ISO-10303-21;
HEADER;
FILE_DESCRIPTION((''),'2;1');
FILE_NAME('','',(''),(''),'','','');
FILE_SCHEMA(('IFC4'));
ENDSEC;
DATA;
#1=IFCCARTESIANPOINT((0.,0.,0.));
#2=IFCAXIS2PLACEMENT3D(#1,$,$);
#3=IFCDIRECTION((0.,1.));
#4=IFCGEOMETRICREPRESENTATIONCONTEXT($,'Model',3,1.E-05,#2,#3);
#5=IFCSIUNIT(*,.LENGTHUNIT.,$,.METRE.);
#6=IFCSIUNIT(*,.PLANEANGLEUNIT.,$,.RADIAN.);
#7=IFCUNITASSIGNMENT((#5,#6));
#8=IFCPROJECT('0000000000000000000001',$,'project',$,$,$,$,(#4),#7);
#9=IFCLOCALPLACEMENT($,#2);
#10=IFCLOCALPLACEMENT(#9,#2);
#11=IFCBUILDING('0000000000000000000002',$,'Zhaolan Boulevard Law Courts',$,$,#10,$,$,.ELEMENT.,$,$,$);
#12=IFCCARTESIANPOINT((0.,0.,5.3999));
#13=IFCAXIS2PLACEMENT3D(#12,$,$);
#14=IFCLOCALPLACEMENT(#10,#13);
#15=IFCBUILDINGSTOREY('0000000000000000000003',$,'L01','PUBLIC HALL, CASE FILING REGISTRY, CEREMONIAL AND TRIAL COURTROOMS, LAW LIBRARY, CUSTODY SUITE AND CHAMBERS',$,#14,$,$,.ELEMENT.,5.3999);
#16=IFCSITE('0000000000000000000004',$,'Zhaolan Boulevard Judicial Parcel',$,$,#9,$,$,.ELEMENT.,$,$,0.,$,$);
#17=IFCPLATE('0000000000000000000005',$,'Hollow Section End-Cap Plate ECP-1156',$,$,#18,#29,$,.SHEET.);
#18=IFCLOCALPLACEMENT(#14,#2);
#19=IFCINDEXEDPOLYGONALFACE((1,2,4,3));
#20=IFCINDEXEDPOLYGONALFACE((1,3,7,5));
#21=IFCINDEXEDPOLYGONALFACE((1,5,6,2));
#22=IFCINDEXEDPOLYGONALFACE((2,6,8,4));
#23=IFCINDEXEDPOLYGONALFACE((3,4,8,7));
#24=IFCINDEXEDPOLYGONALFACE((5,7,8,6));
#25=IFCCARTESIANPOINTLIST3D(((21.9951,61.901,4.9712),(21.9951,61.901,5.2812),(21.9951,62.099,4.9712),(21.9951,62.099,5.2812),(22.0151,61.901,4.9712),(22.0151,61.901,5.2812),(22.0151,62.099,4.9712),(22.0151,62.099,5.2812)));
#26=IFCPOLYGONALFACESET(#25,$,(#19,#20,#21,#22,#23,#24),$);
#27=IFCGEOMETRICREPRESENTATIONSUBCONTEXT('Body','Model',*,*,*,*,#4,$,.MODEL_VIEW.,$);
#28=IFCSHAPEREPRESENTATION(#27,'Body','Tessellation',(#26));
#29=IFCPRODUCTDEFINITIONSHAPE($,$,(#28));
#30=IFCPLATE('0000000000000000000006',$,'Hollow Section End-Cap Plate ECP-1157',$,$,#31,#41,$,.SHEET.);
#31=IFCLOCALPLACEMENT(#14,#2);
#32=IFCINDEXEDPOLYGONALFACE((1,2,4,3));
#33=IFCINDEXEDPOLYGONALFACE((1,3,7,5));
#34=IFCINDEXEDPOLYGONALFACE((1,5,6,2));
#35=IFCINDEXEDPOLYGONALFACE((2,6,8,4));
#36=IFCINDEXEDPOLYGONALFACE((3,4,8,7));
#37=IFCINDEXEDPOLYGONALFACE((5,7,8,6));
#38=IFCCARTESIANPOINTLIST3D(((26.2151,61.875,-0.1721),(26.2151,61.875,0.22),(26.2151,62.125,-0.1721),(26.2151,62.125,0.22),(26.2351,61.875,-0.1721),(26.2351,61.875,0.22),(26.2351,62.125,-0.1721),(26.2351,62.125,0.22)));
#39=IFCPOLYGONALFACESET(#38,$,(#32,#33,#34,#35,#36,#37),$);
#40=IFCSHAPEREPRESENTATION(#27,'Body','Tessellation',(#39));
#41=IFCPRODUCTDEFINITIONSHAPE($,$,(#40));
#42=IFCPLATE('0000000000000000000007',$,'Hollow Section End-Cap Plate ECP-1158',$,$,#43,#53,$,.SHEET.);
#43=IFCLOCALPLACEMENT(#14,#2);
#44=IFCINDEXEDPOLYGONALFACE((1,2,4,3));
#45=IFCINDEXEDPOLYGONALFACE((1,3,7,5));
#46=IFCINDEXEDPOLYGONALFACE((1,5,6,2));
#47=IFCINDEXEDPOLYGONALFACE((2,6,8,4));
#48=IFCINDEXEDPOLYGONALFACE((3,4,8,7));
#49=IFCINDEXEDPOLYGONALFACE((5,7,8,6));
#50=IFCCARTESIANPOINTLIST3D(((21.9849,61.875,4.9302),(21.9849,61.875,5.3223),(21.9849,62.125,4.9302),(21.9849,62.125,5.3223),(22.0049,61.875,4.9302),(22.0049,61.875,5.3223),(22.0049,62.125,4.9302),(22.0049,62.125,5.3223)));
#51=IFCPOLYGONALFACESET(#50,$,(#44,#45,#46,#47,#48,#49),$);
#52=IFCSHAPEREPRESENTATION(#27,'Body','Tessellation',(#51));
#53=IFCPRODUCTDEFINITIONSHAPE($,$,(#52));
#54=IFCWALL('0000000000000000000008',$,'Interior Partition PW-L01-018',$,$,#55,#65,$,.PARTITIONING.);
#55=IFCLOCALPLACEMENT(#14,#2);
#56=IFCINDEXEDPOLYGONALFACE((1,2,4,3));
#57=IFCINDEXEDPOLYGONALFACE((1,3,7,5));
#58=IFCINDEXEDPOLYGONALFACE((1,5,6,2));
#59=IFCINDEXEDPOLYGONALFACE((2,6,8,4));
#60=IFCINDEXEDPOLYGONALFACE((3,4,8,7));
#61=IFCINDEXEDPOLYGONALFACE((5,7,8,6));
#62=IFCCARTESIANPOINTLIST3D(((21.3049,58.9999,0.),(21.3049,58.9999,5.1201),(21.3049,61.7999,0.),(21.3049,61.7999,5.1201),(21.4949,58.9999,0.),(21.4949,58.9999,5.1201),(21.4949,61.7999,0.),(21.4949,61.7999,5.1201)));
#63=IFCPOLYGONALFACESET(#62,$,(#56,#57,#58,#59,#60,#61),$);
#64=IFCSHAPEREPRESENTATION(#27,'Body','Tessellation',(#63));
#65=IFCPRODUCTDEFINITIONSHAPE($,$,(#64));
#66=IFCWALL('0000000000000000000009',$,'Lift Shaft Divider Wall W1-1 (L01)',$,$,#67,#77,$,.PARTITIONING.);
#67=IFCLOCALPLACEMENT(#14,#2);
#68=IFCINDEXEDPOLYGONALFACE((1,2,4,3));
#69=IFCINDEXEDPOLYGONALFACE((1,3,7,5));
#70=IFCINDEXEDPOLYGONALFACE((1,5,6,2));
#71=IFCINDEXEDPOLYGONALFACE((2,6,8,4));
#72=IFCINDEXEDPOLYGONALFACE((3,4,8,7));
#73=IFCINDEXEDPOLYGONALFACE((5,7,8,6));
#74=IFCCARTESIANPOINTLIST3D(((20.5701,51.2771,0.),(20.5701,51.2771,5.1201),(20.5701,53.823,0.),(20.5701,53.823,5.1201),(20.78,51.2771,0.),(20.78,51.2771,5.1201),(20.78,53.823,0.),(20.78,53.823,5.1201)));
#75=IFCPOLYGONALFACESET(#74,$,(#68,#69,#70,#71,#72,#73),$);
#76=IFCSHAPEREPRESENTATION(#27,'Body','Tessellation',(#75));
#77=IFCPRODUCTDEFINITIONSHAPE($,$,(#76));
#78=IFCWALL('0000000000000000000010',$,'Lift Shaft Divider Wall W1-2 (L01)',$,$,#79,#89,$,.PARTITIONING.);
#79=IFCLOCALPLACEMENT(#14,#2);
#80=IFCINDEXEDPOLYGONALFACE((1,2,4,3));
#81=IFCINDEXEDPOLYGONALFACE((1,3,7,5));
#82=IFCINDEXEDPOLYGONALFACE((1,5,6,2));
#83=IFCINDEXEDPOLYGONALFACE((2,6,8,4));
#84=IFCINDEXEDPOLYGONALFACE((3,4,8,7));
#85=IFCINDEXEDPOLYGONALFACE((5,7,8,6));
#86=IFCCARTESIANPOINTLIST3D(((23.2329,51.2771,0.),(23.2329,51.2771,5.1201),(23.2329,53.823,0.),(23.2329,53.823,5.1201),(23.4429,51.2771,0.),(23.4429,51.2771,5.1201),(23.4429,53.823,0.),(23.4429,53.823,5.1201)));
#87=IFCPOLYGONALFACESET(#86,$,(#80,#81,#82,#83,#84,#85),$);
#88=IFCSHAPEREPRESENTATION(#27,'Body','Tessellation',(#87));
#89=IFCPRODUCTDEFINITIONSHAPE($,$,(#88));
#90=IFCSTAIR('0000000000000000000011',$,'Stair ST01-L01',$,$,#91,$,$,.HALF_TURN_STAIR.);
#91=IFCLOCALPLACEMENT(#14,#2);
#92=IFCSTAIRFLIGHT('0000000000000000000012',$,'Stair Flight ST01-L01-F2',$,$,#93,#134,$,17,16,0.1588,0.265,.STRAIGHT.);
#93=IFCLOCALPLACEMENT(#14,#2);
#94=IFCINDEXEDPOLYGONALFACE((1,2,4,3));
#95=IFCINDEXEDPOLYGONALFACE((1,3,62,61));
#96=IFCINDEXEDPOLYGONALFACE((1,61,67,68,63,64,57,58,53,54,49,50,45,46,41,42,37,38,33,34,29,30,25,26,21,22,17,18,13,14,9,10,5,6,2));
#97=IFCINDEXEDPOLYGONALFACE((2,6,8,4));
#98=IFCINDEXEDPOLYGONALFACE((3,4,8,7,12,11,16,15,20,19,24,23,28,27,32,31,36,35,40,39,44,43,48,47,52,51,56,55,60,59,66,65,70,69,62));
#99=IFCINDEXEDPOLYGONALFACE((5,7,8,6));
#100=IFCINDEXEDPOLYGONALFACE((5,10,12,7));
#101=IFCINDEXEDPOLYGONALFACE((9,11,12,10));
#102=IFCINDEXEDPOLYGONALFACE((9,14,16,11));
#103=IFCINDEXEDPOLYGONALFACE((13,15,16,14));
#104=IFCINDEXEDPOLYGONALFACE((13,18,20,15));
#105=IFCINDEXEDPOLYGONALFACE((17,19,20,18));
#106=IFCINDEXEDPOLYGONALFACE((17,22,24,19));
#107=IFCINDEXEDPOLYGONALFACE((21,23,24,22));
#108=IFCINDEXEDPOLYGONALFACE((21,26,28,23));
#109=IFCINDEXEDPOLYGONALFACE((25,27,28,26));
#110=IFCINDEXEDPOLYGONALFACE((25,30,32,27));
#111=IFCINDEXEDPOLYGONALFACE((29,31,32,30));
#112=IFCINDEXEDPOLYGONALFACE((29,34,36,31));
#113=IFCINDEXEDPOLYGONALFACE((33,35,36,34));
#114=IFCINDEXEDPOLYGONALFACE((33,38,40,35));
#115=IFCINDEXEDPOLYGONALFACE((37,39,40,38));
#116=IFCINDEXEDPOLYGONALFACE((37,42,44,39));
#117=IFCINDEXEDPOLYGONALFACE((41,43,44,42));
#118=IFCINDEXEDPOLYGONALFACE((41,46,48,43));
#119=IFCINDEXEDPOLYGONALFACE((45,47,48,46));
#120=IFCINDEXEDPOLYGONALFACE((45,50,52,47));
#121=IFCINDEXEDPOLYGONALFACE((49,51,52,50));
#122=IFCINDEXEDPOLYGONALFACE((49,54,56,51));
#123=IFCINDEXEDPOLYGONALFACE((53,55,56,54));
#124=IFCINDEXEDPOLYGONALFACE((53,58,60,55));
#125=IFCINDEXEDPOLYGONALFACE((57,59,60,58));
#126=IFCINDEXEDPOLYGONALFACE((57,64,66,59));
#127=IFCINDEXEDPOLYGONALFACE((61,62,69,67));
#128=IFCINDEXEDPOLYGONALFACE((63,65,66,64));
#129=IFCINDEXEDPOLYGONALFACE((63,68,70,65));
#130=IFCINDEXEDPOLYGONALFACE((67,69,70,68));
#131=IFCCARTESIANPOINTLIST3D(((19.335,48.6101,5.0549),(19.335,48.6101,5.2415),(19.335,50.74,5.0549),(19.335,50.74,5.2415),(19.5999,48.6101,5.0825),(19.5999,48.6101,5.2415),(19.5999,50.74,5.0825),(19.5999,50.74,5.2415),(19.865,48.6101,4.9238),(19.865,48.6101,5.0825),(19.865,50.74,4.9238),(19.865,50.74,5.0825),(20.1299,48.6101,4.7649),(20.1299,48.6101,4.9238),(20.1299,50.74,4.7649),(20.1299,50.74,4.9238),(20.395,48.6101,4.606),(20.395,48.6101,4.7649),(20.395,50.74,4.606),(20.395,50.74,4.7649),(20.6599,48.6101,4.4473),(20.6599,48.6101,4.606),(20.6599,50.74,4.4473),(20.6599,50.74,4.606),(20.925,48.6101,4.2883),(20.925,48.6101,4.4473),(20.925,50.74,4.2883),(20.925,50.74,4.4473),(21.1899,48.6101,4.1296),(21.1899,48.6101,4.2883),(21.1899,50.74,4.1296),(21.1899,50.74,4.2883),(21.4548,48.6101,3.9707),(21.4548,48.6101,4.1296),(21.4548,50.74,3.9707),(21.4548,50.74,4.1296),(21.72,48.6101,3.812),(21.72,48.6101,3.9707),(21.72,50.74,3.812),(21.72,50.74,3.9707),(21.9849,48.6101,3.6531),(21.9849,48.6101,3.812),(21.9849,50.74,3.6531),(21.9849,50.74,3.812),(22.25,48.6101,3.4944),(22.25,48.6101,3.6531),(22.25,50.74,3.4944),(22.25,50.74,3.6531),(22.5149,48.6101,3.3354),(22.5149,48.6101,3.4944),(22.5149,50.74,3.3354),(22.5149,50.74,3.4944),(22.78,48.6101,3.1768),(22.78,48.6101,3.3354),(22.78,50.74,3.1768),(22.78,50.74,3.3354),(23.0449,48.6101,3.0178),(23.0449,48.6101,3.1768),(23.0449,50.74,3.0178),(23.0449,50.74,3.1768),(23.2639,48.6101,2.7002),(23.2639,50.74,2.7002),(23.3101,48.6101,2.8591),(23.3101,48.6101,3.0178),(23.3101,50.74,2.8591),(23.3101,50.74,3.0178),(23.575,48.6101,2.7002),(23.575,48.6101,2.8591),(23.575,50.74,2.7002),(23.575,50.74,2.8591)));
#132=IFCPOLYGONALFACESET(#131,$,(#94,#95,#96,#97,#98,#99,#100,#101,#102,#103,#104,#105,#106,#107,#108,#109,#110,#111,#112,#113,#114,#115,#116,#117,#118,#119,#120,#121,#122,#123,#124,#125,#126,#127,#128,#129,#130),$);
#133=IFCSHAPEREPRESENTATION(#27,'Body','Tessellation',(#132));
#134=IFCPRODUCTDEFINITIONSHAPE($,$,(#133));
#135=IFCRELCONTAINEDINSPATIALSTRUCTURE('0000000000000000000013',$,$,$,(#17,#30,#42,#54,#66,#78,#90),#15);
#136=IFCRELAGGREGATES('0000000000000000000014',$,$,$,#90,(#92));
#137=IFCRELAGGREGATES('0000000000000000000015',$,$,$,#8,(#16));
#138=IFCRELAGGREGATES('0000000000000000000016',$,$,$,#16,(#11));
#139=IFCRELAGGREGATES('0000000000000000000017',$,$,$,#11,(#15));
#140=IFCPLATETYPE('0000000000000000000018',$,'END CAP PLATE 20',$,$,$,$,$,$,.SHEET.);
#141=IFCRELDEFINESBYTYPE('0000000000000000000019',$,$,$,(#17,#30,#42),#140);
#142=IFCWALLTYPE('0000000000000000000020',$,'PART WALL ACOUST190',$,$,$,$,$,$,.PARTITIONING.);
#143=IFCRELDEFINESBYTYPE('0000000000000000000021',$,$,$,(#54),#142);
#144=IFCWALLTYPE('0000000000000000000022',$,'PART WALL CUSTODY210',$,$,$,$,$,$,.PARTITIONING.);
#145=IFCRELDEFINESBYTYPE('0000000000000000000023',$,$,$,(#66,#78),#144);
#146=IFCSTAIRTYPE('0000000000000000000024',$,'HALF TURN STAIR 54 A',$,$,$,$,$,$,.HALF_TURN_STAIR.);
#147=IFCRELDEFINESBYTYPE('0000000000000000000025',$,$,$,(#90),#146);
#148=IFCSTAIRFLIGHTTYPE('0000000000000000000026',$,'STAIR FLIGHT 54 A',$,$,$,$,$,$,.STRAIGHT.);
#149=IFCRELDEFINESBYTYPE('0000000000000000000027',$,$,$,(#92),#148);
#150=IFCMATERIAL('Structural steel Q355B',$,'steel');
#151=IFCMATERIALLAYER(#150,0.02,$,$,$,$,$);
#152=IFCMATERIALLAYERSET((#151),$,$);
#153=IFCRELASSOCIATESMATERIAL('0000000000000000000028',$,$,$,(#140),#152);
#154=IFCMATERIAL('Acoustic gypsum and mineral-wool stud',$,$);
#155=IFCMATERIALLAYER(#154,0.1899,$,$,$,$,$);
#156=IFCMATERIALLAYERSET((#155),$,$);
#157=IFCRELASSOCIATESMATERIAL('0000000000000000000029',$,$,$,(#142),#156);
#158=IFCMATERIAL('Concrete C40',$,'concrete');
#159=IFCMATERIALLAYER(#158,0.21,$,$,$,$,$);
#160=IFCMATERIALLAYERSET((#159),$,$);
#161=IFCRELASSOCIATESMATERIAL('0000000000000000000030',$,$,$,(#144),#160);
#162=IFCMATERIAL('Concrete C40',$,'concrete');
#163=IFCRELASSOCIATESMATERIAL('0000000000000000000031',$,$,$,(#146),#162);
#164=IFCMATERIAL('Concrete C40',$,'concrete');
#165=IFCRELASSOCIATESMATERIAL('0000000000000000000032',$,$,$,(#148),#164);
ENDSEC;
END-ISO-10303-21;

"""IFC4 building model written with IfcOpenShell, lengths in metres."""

from ifc_helpers import new_model, si_unit, direction, frame, frame_2d, origin, origin_2d, place, context, subcontext, project, spatial, polyline, rectangle, outline, extrude, material, layer, layer_set, type_object, element, aggregate, save


model = new_model("IFC4")

# Units and contexts
model_context = context("Model", 3, precision=1e-05, world=origin(), true_north=direction((0.0, 1.0)))
body_context = subcontext(model_context, "Body", "Model", "MODEL_VIEW")
ifc_project = project(units=[si_unit("LENGTHUNIT", "METRE"), si_unit("PLANEANGLEUNIT", "RADIAN")], contexts=[model_context])

# Site, building, storey
site_placement = place(None, origin())
site = spatial("IfcSite", under=ifc_project, at=site_placement, Name="Zhaolan Boulevard Judicial Parcel", CompositionType="ELEMENT", RefElevation=0.0)
building_placement = place(site_placement, origin())
building = spatial("IfcBuilding", under=site, at=building_placement, Name="Zhaolan Boulevard Law Courts", CompositionType="ELEMENT")
storey_placement = place(building_placement, frame((0.0, 0.0, 5.3999)))
storey = spatial("IfcBuildingStorey", under=building, at=storey_placement, Name="L01", Description="PUBLIC HALL, CASE FILING REGISTRY, CEREMONIAL AND TRIAL COURTROOMS, LAW LIBRARY, CUSTODY SUITE AND CHAMBERS", CompositionType="ELEMENT", Elevation=5.3999)

# Plates
ifc_material_1 = material(Name="Structural steel Q355B", Category="steel")
ifc_layer_1 = layer(ifc_material_1, 0.02)
ifc_layer_set_1 = layer_set([ifc_layer_1])
plate_type_1 = type_object("IfcPlateType", Name="END CAP PLATE 20", PredefinedType="SHEET", material=ifc_layer_set_1)
plate_1_placement = place(storey_placement, frame((22.0051, 62.0, 4.9712), z_axis=(0.0, 0.0, 1.0), x_axis=(1.0, 0.0, 0.0)))
element("IfcPlate", 1, at=plate_1_placement, inside=storey, type_object=plate_type_1, Name="Hollow Section End-Cap Plate ECP-1156", PredefinedType="SHEET", context=body_context, shape_type="SweptSolid", body=[
    extrude(rectangle(XDim=0.02, YDim=0.198, at=origin_2d()), origin(), (0.0, 0.0, 1.0), 0.3101),
])
for number, where, z_axis, x_axis, name in (
    (2, (26.2251, 62.0, -0.1721), (0.0, 0.0, 1.0), (-1.0, 0.0, 0.0), "Hollow Section End-Cap Plate ECP-1157"),
    (3, (21.9949, 62.0, 4.9302), (0.0, 0.0, 1.0), (-1.0, 0.0, 0.0), "Hollow Section End-Cap Plate ECP-1158"),
):
    element("IfcPlate", number, at=place(storey_placement, frame(where, z_axis=z_axis, x_axis=x_axis)), inside=storey, type_object=plate_type_1, Name=name, PredefinedType="SHEET", context=body_context, shape_type="SweptSolid", body=[
        extrude(rectangle(XDim=0.02, YDim=0.25, at=origin_2d()), origin(), (0.0, 0.0, 1.0), 0.3921),
    ])

# Walls
ifc_material_2 = material(Name="Acoustic gypsum and mineral-wool stud")
ifc_layer_2 = layer(ifc_material_2, 0.1899)
ifc_layer_set_2 = layer_set([ifc_layer_2])
wall_type_1 = type_object("IfcWallType", Name="PART WALL ACOUST190", PredefinedType="PARTITIONING", material=ifc_layer_set_2)
wall_placement = place(storey_placement, frame((21.3999, 59.0, 0.0), z_axis=(0.0, 0.0, 1.0), x_axis=(0.0, 1.0, 0.0)))
element("IfcWall", 4, at=wall_placement, inside=storey, type_object=wall_type_1, Name="Interior Partition PW-L01-018", PredefinedType="PARTITIONING", context=body_context, shape_type="SweptSolid", body=[
    extrude(rectangle(XDim=2.8, YDim=0.1899, at=frame_2d((1.3999, 0.0))), origin(), (0.0, 0.0, 1.0), 5.1201),
])
ifc_material_3 = material(Name="Concrete C40", Category="concrete")
ifc_layer_3 = layer(ifc_material_3, 0.21)
ifc_layer_set_3 = layer_set([ifc_layer_3])
wall_type_2 = type_object("IfcWallType", Name="PART WALL CUSTODY210", PredefinedType="PARTITIONING", material=ifc_layer_set_3)
for number, where, z_axis, x_axis, name in (
    (5, (20.675, 51.2771, 0.0), (0.0, 0.0, 1.0), (0.0, 1.0, 0.0), "Lift Shaft Divider Wall W1-1 (L01)"),
    (6, (23.3379, 51.2771, 0.0), (0.0, 0.0, 1.0), (0.0, 1.0, 0.0), "Lift Shaft Divider Wall W1-2 (L01)"),
):
    element("IfcWall", number, at=place(storey_placement, frame(where, z_axis=z_axis, x_axis=x_axis)), inside=storey, type_object=wall_type_2, Name=name, PredefinedType="PARTITIONING", context=body_context, shape_type="SweptSolid", body=[
        extrude(rectangle(XDim=2.5459, YDim=0.21, at=frame_2d((1.2729, 0.0))), origin(), (0.0, 0.0, 1.0), 5.1201),
    ])

# Stair, stair flight
ifc_material_4 = material(Name="Concrete C40", Category="concrete")
stair_type = type_object("IfcStairType", Name="HALF TURN STAIR 54 A", PredefinedType="HALF_TURN_STAIR", material=ifc_material_4)
stair_placement = place(storey_placement, origin())
stair = element("IfcStair", 7, at=stair_placement, inside=storey, type_object=stair_type, Name="Stair ST01-L01", PredefinedType="HALF_TURN_STAIR")
ifc_material_5 = material(Name="Concrete C40", Category="concrete")
stair_flight_type = type_object("IfcStairFlightType", Name="STAIR FLIGHT 54 A", PredefinedType="STRAIGHT", material=ifc_material_5)
stair_flight_placement = place(storey_placement, frame((23.575, 49.675, 2.7002), z_axis=(0.0, 0.0, 1.0), x_axis=(-1.0, 0.0, 0.0)))
stair_flight = element("IfcStairFlight", 8, at=stair_flight_placement, type_object=stair_flight_type, Name="Stair Flight ST01-L01-F2", NumberOfRisers=17, NumberOfTreads=16, PredefinedType="STRAIGHT", RiserHeight=0.1588, TreadLength=0.265, context=body_context, shape_type="SweptSolid", body=[
    extrude(outline(polyline([(0.0, 0.0), (0.0, 0.1589), (0.2649, 0.1589), (0.2649, 0.3176), (0.53, 0.3176), (0.53, 0.4766), (0.7949, 0.4766), (0.7949, 0.6353), (1.0601, 0.6353), (1.0601, 0.7942), (1.325, 0.7942), (1.325, 0.9529), (1.5901, 0.9529), (1.5901, 1.1118), (1.855, 1.1118), (1.855, 1.2705), (2.1201, 1.2705), (2.1201, 1.4294), (2.385, 1.4294), (2.385, 1.5881), (2.6499, 1.5881), (2.6499, 1.7471), (2.915, 1.7471), (2.915, 1.9058), (3.1799, 1.9058), (3.1799, 2.0647), (3.4451, 2.0647), (3.4451, 2.2236), (3.71, 2.2236), (3.71, 2.3823), (3.9751, 2.3823), (3.9751, 2.5413), (4.24, 2.5413), (4.24, 2.7), (4.24, 2.3547), (0.311, 0.0), (0.0, 0.0)])), frame((0.0, 1.0649, 0.0), z_axis=(0.0, -1.0, 0.0), x_axis=(1.0, 0.0, 0.0)), (0.0, 0.0, 1.0), 2.1299),
])
aggregate(stair, [stair_flight])

save(model, "model.ifc")
